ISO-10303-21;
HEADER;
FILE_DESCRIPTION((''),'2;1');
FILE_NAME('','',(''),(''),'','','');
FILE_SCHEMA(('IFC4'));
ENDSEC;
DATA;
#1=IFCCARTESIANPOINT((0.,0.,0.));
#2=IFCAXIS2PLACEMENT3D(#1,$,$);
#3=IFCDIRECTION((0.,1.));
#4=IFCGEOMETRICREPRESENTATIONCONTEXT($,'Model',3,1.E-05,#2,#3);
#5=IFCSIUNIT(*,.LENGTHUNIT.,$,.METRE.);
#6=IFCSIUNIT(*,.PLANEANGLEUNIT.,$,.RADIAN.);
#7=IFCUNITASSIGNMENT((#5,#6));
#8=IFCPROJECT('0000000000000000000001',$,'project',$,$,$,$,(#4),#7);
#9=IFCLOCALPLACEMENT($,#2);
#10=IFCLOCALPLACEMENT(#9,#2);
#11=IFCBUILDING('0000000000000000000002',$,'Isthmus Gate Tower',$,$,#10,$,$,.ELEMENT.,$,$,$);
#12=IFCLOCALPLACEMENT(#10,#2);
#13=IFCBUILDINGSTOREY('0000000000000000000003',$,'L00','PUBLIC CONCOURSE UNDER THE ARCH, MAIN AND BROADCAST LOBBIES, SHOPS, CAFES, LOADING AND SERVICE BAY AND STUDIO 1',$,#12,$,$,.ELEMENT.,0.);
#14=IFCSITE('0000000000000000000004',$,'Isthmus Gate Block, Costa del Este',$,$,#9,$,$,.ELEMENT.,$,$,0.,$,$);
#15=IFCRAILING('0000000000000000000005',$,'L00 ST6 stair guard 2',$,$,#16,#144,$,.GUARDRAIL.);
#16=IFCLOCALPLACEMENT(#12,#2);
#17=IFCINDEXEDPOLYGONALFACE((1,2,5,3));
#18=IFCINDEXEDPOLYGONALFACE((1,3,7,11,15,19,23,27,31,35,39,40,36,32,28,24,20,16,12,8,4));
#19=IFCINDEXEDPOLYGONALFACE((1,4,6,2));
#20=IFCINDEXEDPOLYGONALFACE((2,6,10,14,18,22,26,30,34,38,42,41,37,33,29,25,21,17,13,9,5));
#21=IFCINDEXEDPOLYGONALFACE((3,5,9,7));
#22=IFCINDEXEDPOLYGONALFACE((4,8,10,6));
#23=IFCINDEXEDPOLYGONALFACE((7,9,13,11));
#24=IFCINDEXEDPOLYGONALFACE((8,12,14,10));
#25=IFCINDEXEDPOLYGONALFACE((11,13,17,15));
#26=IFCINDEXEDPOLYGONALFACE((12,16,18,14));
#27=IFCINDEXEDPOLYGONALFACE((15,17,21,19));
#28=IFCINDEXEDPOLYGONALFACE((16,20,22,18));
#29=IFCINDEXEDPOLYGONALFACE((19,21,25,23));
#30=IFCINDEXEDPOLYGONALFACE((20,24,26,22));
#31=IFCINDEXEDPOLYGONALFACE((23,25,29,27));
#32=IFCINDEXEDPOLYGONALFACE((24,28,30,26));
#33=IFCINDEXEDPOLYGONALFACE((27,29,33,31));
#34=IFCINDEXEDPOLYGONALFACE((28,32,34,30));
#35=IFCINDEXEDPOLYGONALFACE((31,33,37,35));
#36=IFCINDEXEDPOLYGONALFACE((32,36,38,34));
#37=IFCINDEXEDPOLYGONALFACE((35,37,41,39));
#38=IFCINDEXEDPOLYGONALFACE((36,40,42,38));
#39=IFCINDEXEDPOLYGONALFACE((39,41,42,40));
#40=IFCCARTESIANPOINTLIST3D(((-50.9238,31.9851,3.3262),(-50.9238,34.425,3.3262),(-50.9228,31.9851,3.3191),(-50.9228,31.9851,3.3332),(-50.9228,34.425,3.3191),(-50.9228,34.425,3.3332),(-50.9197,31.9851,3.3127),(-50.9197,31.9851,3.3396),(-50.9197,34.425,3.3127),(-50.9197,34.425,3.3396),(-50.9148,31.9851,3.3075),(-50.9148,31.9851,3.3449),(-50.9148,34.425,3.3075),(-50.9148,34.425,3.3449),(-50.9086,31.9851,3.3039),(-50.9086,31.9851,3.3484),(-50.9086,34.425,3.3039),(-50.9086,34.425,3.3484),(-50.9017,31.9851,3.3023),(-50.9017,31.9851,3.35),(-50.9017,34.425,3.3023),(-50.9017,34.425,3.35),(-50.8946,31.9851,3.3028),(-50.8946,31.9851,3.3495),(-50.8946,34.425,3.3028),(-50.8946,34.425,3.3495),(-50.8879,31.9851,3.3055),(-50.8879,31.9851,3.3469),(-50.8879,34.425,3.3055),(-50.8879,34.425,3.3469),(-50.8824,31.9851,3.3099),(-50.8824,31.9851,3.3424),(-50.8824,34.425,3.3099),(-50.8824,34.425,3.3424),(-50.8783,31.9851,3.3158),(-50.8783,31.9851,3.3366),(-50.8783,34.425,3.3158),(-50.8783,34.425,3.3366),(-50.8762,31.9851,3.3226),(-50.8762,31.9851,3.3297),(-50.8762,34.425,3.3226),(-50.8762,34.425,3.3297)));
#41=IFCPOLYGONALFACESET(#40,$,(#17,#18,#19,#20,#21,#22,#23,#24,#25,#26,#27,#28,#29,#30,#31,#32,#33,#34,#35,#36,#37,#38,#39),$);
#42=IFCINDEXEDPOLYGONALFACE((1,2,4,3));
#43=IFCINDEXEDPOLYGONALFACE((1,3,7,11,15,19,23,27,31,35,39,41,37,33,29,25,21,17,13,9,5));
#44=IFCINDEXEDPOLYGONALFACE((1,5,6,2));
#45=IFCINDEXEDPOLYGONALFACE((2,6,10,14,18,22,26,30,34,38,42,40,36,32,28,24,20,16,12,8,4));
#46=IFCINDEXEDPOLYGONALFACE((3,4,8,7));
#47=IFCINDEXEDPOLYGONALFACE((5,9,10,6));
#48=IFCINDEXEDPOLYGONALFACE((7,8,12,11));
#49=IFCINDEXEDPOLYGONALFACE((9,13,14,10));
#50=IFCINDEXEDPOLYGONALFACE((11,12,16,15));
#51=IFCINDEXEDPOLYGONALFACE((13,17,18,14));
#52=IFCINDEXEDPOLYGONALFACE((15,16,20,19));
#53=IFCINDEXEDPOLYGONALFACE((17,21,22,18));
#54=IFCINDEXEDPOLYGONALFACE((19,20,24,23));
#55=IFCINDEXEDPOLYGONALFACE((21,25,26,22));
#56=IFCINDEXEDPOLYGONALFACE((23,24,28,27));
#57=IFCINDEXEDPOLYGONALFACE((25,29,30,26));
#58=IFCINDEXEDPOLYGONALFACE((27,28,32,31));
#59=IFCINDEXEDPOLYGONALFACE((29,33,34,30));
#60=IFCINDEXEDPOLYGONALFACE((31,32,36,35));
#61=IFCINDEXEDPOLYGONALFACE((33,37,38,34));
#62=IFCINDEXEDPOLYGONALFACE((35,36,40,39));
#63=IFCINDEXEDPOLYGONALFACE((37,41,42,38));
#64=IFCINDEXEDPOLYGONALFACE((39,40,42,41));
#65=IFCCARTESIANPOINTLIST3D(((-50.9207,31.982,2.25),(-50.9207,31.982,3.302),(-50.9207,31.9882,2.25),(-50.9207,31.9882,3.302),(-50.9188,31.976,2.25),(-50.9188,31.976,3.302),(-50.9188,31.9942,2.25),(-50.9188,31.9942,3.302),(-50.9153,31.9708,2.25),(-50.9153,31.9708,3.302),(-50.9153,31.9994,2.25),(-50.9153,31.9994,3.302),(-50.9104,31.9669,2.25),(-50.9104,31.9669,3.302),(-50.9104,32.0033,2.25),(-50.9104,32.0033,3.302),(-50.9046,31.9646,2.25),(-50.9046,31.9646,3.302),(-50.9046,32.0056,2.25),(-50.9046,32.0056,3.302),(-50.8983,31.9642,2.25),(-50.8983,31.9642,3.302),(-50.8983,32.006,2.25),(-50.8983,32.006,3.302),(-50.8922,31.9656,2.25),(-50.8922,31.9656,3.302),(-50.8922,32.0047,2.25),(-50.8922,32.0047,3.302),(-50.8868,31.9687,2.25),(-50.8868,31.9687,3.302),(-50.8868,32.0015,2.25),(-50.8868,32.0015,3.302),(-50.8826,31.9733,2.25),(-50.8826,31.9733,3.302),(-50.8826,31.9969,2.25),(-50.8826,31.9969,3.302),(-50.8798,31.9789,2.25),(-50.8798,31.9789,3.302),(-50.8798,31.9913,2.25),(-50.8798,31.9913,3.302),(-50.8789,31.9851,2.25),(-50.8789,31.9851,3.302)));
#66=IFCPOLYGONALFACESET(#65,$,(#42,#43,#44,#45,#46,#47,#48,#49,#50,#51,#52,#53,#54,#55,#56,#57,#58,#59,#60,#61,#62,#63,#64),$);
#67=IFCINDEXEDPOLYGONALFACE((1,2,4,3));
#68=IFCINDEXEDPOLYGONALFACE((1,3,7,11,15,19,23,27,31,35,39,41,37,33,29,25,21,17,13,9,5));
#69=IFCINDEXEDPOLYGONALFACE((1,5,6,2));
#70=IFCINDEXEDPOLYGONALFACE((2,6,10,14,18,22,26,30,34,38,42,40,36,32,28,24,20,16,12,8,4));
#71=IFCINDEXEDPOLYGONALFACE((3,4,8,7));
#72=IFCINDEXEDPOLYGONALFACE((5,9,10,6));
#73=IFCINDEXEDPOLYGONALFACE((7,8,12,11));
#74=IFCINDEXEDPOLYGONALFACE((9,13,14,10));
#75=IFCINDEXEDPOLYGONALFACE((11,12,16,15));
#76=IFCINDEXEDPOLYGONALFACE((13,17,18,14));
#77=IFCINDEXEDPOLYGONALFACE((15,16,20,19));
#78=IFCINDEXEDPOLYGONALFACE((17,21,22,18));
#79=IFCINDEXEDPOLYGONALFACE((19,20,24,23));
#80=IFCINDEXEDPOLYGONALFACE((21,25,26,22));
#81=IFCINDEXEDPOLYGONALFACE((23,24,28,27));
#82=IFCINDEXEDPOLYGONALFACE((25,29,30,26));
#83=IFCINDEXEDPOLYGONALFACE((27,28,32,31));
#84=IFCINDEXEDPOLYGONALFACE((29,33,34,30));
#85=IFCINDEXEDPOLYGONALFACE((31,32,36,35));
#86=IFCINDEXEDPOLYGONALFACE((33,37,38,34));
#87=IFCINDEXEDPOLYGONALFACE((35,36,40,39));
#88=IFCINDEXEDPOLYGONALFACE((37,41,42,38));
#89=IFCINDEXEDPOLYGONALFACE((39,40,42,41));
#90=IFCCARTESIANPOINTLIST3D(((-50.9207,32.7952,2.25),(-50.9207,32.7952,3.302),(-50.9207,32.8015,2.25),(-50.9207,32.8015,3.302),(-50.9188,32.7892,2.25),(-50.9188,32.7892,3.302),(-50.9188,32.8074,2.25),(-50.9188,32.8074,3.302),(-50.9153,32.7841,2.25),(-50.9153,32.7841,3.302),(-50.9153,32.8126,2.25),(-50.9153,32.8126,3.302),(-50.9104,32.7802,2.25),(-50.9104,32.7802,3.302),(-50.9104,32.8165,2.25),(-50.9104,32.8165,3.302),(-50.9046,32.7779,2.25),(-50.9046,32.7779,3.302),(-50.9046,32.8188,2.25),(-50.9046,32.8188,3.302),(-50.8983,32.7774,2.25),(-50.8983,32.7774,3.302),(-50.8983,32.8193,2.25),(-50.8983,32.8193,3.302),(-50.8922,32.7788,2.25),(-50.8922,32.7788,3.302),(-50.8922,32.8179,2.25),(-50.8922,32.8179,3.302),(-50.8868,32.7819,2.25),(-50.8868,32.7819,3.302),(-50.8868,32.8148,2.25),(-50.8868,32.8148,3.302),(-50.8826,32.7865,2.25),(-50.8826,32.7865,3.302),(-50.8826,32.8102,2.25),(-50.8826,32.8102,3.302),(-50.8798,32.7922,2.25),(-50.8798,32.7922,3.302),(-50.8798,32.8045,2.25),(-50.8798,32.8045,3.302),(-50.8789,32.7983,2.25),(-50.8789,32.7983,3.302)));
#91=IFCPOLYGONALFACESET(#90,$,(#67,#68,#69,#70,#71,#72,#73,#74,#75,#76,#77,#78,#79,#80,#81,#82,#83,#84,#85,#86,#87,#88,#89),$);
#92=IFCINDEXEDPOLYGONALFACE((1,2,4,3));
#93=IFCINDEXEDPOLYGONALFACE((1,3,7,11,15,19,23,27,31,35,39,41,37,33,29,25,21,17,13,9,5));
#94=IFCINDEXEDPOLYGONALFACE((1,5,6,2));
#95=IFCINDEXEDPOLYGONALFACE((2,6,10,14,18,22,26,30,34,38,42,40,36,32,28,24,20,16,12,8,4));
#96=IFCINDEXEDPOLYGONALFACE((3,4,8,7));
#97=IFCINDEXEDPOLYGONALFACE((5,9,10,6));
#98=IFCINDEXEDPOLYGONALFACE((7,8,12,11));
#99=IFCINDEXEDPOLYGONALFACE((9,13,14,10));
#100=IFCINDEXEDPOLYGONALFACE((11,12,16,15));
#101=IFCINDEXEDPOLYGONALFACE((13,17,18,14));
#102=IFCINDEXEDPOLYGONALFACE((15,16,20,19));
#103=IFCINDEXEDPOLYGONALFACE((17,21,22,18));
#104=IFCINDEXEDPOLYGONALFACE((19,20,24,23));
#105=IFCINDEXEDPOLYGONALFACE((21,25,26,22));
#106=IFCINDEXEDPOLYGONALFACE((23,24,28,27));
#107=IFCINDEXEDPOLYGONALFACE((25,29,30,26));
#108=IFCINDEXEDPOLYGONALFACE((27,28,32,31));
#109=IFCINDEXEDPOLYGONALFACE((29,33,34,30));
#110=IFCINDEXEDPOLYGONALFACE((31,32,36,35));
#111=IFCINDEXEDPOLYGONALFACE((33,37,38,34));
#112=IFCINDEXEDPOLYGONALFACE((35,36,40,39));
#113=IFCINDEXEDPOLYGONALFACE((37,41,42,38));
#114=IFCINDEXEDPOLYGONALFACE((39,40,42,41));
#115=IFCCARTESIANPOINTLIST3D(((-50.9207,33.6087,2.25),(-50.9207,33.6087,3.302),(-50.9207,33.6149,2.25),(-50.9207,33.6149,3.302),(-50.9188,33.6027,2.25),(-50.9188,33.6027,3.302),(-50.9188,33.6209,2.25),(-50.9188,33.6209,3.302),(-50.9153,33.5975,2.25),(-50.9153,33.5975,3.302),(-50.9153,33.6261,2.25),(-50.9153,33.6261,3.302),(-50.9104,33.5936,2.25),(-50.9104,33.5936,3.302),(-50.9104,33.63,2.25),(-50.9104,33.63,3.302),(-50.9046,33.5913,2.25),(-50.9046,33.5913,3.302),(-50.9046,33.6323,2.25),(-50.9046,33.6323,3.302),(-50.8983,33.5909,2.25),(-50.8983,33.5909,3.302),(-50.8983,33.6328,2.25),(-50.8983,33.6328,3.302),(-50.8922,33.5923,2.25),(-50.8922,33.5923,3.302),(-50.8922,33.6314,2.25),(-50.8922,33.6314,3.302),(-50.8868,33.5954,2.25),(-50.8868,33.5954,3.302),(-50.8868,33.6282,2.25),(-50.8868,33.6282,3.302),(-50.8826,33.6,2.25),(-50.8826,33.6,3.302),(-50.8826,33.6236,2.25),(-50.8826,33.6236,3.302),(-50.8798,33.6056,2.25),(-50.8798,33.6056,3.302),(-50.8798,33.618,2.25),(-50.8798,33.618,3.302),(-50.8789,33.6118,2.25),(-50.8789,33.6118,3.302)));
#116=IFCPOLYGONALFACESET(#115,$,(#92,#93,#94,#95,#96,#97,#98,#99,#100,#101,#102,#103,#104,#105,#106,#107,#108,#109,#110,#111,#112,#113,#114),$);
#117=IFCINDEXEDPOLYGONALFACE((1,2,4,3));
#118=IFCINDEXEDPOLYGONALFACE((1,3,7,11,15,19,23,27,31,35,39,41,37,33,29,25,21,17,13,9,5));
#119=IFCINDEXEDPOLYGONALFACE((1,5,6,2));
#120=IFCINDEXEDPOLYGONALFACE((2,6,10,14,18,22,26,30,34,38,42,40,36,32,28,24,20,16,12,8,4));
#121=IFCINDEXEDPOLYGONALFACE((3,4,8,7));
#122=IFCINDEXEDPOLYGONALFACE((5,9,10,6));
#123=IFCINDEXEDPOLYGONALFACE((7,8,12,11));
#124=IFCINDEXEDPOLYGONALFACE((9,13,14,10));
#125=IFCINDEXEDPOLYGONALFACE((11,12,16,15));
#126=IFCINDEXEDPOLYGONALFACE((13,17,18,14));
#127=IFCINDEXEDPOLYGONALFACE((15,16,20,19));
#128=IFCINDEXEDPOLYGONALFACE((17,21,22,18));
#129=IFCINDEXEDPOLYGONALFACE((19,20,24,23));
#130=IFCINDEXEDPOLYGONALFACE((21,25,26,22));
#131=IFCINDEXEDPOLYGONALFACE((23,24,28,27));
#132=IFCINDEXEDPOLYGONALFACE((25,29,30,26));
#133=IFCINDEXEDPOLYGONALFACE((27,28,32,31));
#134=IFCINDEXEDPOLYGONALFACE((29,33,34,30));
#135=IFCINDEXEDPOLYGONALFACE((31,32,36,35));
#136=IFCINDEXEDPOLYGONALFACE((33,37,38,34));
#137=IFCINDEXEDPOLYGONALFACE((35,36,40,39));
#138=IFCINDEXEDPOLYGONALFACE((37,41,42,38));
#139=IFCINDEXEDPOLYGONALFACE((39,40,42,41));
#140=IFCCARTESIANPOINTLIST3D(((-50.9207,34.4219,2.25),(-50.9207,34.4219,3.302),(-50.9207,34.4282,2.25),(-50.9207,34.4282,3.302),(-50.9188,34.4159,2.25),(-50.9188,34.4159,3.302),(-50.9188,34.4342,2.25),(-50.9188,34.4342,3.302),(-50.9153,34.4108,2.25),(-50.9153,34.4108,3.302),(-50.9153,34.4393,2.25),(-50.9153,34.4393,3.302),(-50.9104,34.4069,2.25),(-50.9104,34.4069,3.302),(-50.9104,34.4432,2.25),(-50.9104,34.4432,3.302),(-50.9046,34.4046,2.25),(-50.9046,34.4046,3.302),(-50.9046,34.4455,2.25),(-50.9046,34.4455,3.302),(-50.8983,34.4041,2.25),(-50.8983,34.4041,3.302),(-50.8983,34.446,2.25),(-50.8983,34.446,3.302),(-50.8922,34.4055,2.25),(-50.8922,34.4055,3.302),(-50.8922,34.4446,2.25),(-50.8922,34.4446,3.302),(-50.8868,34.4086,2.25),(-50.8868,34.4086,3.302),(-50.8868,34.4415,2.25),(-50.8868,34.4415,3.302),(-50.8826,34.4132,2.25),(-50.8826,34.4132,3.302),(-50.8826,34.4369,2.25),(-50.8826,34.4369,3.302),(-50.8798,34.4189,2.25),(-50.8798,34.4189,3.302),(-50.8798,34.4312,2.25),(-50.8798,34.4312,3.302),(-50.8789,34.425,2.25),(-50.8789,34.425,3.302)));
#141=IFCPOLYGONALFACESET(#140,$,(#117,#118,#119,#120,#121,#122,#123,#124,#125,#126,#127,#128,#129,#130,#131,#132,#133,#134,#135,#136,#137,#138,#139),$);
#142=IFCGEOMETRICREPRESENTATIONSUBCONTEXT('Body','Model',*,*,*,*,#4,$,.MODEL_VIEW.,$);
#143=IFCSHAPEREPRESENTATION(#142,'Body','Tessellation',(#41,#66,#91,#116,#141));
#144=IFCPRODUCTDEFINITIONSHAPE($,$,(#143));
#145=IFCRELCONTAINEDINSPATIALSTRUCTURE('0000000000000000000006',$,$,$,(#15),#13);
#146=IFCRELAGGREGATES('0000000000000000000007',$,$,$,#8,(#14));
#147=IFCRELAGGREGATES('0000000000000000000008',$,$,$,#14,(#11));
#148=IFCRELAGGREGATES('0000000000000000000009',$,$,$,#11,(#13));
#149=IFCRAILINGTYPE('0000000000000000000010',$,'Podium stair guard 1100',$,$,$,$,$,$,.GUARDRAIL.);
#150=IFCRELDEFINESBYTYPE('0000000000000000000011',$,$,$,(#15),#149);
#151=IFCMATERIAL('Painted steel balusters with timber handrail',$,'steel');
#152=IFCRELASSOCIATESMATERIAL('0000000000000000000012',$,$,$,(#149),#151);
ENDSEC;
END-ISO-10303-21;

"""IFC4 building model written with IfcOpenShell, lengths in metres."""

from ifc_helpers import new_model, si_unit, direction, frame, origin, origin_2d, place, context, subcontext, project, spatial, circle, extrude, material, type_object, element, save


model = new_model("IFC4")

# Units and contexts
model_context = context("Model", 3, precision=1e-05, world=origin(), true_north=direction((0.0, 1.0)))
body_context = subcontext(model_context, "Body", "Model", "MODEL_VIEW")
ifc_project = project(units=[si_unit("LENGTHUNIT", "METRE"), si_unit("PLANEANGLEUNIT", "RADIAN")], contexts=[model_context])

# Site, building, storey
site_placement = place(None, origin())
site = spatial("IfcSite", under=ifc_project, at=site_placement, Name="Isthmus Gate Block, Costa del Este", CompositionType="ELEMENT", RefElevation=0.0)
building_placement = place(site_placement, origin())
building = spatial("IfcBuilding", under=site, at=building_placement, Name="Isthmus Gate Tower", CompositionType="ELEMENT")
storey_placement = place(building_placement, origin())
storey = spatial("IfcBuildingStorey", under=building, at=storey_placement, Name="L00", Description="PUBLIC CONCOURSE UNDER THE ARCH, MAIN AND BROADCAST LOBBIES, SHOPS, CAFES, LOADING AND SERVICE BAY AND STUDIO 1", CompositionType="ELEMENT", Elevation=0.0)

# Railing
ifc_material_1 = material(Name="Painted steel balusters with timber handrail", Category="steel")
railing_type_1 = type_object("IfcRailingType", Name="Podium stair guard 1100", PredefinedType="GUARDRAIL", material=ifc_material_1)
railing_1_placement = place(storey_placement, frame((-50.8999, 31.9851, 2.25)))
element("IfcRailing", 1, at=railing_1_placement, inside=storey, type_object=railing_type_1, Name="L00 ST6 stair guard 2", PredefinedType="GUARDRAIL", context=body_context, shape_type="SweptSolid", body=[
    extrude(circle(Radius=0.0239, at=origin_2d()), frame((0.0, 0.0, 1.0762), z_axis=(0.0, 1.0, 0.0), x_axis=(-1.0, 0.0, 0.0)), (0.0, 0.0, 1.0), 2.4399),
    extrude(circle(Radius=0.021, at=origin_2d()), origin(), (0.0, 0.0, 1.0), 1.052),
    extrude(circle(Radius=0.021, at=origin_2d()), frame((0.0, 0.8132, 0.0)), (0.0, 0.0, 1.0), 1.052),
    extrude(circle(Radius=0.021, at=origin_2d()), frame((0.0, 1.6267, 0.0)), (0.0, 0.0, 1.0), 1.052),
    extrude(circle(Radius=0.021, at=origin_2d()), frame((0.0, 2.4399, 0.0)), (0.0, 0.0, 1.0), 1.052),
])

save(model, "model.ifc")
